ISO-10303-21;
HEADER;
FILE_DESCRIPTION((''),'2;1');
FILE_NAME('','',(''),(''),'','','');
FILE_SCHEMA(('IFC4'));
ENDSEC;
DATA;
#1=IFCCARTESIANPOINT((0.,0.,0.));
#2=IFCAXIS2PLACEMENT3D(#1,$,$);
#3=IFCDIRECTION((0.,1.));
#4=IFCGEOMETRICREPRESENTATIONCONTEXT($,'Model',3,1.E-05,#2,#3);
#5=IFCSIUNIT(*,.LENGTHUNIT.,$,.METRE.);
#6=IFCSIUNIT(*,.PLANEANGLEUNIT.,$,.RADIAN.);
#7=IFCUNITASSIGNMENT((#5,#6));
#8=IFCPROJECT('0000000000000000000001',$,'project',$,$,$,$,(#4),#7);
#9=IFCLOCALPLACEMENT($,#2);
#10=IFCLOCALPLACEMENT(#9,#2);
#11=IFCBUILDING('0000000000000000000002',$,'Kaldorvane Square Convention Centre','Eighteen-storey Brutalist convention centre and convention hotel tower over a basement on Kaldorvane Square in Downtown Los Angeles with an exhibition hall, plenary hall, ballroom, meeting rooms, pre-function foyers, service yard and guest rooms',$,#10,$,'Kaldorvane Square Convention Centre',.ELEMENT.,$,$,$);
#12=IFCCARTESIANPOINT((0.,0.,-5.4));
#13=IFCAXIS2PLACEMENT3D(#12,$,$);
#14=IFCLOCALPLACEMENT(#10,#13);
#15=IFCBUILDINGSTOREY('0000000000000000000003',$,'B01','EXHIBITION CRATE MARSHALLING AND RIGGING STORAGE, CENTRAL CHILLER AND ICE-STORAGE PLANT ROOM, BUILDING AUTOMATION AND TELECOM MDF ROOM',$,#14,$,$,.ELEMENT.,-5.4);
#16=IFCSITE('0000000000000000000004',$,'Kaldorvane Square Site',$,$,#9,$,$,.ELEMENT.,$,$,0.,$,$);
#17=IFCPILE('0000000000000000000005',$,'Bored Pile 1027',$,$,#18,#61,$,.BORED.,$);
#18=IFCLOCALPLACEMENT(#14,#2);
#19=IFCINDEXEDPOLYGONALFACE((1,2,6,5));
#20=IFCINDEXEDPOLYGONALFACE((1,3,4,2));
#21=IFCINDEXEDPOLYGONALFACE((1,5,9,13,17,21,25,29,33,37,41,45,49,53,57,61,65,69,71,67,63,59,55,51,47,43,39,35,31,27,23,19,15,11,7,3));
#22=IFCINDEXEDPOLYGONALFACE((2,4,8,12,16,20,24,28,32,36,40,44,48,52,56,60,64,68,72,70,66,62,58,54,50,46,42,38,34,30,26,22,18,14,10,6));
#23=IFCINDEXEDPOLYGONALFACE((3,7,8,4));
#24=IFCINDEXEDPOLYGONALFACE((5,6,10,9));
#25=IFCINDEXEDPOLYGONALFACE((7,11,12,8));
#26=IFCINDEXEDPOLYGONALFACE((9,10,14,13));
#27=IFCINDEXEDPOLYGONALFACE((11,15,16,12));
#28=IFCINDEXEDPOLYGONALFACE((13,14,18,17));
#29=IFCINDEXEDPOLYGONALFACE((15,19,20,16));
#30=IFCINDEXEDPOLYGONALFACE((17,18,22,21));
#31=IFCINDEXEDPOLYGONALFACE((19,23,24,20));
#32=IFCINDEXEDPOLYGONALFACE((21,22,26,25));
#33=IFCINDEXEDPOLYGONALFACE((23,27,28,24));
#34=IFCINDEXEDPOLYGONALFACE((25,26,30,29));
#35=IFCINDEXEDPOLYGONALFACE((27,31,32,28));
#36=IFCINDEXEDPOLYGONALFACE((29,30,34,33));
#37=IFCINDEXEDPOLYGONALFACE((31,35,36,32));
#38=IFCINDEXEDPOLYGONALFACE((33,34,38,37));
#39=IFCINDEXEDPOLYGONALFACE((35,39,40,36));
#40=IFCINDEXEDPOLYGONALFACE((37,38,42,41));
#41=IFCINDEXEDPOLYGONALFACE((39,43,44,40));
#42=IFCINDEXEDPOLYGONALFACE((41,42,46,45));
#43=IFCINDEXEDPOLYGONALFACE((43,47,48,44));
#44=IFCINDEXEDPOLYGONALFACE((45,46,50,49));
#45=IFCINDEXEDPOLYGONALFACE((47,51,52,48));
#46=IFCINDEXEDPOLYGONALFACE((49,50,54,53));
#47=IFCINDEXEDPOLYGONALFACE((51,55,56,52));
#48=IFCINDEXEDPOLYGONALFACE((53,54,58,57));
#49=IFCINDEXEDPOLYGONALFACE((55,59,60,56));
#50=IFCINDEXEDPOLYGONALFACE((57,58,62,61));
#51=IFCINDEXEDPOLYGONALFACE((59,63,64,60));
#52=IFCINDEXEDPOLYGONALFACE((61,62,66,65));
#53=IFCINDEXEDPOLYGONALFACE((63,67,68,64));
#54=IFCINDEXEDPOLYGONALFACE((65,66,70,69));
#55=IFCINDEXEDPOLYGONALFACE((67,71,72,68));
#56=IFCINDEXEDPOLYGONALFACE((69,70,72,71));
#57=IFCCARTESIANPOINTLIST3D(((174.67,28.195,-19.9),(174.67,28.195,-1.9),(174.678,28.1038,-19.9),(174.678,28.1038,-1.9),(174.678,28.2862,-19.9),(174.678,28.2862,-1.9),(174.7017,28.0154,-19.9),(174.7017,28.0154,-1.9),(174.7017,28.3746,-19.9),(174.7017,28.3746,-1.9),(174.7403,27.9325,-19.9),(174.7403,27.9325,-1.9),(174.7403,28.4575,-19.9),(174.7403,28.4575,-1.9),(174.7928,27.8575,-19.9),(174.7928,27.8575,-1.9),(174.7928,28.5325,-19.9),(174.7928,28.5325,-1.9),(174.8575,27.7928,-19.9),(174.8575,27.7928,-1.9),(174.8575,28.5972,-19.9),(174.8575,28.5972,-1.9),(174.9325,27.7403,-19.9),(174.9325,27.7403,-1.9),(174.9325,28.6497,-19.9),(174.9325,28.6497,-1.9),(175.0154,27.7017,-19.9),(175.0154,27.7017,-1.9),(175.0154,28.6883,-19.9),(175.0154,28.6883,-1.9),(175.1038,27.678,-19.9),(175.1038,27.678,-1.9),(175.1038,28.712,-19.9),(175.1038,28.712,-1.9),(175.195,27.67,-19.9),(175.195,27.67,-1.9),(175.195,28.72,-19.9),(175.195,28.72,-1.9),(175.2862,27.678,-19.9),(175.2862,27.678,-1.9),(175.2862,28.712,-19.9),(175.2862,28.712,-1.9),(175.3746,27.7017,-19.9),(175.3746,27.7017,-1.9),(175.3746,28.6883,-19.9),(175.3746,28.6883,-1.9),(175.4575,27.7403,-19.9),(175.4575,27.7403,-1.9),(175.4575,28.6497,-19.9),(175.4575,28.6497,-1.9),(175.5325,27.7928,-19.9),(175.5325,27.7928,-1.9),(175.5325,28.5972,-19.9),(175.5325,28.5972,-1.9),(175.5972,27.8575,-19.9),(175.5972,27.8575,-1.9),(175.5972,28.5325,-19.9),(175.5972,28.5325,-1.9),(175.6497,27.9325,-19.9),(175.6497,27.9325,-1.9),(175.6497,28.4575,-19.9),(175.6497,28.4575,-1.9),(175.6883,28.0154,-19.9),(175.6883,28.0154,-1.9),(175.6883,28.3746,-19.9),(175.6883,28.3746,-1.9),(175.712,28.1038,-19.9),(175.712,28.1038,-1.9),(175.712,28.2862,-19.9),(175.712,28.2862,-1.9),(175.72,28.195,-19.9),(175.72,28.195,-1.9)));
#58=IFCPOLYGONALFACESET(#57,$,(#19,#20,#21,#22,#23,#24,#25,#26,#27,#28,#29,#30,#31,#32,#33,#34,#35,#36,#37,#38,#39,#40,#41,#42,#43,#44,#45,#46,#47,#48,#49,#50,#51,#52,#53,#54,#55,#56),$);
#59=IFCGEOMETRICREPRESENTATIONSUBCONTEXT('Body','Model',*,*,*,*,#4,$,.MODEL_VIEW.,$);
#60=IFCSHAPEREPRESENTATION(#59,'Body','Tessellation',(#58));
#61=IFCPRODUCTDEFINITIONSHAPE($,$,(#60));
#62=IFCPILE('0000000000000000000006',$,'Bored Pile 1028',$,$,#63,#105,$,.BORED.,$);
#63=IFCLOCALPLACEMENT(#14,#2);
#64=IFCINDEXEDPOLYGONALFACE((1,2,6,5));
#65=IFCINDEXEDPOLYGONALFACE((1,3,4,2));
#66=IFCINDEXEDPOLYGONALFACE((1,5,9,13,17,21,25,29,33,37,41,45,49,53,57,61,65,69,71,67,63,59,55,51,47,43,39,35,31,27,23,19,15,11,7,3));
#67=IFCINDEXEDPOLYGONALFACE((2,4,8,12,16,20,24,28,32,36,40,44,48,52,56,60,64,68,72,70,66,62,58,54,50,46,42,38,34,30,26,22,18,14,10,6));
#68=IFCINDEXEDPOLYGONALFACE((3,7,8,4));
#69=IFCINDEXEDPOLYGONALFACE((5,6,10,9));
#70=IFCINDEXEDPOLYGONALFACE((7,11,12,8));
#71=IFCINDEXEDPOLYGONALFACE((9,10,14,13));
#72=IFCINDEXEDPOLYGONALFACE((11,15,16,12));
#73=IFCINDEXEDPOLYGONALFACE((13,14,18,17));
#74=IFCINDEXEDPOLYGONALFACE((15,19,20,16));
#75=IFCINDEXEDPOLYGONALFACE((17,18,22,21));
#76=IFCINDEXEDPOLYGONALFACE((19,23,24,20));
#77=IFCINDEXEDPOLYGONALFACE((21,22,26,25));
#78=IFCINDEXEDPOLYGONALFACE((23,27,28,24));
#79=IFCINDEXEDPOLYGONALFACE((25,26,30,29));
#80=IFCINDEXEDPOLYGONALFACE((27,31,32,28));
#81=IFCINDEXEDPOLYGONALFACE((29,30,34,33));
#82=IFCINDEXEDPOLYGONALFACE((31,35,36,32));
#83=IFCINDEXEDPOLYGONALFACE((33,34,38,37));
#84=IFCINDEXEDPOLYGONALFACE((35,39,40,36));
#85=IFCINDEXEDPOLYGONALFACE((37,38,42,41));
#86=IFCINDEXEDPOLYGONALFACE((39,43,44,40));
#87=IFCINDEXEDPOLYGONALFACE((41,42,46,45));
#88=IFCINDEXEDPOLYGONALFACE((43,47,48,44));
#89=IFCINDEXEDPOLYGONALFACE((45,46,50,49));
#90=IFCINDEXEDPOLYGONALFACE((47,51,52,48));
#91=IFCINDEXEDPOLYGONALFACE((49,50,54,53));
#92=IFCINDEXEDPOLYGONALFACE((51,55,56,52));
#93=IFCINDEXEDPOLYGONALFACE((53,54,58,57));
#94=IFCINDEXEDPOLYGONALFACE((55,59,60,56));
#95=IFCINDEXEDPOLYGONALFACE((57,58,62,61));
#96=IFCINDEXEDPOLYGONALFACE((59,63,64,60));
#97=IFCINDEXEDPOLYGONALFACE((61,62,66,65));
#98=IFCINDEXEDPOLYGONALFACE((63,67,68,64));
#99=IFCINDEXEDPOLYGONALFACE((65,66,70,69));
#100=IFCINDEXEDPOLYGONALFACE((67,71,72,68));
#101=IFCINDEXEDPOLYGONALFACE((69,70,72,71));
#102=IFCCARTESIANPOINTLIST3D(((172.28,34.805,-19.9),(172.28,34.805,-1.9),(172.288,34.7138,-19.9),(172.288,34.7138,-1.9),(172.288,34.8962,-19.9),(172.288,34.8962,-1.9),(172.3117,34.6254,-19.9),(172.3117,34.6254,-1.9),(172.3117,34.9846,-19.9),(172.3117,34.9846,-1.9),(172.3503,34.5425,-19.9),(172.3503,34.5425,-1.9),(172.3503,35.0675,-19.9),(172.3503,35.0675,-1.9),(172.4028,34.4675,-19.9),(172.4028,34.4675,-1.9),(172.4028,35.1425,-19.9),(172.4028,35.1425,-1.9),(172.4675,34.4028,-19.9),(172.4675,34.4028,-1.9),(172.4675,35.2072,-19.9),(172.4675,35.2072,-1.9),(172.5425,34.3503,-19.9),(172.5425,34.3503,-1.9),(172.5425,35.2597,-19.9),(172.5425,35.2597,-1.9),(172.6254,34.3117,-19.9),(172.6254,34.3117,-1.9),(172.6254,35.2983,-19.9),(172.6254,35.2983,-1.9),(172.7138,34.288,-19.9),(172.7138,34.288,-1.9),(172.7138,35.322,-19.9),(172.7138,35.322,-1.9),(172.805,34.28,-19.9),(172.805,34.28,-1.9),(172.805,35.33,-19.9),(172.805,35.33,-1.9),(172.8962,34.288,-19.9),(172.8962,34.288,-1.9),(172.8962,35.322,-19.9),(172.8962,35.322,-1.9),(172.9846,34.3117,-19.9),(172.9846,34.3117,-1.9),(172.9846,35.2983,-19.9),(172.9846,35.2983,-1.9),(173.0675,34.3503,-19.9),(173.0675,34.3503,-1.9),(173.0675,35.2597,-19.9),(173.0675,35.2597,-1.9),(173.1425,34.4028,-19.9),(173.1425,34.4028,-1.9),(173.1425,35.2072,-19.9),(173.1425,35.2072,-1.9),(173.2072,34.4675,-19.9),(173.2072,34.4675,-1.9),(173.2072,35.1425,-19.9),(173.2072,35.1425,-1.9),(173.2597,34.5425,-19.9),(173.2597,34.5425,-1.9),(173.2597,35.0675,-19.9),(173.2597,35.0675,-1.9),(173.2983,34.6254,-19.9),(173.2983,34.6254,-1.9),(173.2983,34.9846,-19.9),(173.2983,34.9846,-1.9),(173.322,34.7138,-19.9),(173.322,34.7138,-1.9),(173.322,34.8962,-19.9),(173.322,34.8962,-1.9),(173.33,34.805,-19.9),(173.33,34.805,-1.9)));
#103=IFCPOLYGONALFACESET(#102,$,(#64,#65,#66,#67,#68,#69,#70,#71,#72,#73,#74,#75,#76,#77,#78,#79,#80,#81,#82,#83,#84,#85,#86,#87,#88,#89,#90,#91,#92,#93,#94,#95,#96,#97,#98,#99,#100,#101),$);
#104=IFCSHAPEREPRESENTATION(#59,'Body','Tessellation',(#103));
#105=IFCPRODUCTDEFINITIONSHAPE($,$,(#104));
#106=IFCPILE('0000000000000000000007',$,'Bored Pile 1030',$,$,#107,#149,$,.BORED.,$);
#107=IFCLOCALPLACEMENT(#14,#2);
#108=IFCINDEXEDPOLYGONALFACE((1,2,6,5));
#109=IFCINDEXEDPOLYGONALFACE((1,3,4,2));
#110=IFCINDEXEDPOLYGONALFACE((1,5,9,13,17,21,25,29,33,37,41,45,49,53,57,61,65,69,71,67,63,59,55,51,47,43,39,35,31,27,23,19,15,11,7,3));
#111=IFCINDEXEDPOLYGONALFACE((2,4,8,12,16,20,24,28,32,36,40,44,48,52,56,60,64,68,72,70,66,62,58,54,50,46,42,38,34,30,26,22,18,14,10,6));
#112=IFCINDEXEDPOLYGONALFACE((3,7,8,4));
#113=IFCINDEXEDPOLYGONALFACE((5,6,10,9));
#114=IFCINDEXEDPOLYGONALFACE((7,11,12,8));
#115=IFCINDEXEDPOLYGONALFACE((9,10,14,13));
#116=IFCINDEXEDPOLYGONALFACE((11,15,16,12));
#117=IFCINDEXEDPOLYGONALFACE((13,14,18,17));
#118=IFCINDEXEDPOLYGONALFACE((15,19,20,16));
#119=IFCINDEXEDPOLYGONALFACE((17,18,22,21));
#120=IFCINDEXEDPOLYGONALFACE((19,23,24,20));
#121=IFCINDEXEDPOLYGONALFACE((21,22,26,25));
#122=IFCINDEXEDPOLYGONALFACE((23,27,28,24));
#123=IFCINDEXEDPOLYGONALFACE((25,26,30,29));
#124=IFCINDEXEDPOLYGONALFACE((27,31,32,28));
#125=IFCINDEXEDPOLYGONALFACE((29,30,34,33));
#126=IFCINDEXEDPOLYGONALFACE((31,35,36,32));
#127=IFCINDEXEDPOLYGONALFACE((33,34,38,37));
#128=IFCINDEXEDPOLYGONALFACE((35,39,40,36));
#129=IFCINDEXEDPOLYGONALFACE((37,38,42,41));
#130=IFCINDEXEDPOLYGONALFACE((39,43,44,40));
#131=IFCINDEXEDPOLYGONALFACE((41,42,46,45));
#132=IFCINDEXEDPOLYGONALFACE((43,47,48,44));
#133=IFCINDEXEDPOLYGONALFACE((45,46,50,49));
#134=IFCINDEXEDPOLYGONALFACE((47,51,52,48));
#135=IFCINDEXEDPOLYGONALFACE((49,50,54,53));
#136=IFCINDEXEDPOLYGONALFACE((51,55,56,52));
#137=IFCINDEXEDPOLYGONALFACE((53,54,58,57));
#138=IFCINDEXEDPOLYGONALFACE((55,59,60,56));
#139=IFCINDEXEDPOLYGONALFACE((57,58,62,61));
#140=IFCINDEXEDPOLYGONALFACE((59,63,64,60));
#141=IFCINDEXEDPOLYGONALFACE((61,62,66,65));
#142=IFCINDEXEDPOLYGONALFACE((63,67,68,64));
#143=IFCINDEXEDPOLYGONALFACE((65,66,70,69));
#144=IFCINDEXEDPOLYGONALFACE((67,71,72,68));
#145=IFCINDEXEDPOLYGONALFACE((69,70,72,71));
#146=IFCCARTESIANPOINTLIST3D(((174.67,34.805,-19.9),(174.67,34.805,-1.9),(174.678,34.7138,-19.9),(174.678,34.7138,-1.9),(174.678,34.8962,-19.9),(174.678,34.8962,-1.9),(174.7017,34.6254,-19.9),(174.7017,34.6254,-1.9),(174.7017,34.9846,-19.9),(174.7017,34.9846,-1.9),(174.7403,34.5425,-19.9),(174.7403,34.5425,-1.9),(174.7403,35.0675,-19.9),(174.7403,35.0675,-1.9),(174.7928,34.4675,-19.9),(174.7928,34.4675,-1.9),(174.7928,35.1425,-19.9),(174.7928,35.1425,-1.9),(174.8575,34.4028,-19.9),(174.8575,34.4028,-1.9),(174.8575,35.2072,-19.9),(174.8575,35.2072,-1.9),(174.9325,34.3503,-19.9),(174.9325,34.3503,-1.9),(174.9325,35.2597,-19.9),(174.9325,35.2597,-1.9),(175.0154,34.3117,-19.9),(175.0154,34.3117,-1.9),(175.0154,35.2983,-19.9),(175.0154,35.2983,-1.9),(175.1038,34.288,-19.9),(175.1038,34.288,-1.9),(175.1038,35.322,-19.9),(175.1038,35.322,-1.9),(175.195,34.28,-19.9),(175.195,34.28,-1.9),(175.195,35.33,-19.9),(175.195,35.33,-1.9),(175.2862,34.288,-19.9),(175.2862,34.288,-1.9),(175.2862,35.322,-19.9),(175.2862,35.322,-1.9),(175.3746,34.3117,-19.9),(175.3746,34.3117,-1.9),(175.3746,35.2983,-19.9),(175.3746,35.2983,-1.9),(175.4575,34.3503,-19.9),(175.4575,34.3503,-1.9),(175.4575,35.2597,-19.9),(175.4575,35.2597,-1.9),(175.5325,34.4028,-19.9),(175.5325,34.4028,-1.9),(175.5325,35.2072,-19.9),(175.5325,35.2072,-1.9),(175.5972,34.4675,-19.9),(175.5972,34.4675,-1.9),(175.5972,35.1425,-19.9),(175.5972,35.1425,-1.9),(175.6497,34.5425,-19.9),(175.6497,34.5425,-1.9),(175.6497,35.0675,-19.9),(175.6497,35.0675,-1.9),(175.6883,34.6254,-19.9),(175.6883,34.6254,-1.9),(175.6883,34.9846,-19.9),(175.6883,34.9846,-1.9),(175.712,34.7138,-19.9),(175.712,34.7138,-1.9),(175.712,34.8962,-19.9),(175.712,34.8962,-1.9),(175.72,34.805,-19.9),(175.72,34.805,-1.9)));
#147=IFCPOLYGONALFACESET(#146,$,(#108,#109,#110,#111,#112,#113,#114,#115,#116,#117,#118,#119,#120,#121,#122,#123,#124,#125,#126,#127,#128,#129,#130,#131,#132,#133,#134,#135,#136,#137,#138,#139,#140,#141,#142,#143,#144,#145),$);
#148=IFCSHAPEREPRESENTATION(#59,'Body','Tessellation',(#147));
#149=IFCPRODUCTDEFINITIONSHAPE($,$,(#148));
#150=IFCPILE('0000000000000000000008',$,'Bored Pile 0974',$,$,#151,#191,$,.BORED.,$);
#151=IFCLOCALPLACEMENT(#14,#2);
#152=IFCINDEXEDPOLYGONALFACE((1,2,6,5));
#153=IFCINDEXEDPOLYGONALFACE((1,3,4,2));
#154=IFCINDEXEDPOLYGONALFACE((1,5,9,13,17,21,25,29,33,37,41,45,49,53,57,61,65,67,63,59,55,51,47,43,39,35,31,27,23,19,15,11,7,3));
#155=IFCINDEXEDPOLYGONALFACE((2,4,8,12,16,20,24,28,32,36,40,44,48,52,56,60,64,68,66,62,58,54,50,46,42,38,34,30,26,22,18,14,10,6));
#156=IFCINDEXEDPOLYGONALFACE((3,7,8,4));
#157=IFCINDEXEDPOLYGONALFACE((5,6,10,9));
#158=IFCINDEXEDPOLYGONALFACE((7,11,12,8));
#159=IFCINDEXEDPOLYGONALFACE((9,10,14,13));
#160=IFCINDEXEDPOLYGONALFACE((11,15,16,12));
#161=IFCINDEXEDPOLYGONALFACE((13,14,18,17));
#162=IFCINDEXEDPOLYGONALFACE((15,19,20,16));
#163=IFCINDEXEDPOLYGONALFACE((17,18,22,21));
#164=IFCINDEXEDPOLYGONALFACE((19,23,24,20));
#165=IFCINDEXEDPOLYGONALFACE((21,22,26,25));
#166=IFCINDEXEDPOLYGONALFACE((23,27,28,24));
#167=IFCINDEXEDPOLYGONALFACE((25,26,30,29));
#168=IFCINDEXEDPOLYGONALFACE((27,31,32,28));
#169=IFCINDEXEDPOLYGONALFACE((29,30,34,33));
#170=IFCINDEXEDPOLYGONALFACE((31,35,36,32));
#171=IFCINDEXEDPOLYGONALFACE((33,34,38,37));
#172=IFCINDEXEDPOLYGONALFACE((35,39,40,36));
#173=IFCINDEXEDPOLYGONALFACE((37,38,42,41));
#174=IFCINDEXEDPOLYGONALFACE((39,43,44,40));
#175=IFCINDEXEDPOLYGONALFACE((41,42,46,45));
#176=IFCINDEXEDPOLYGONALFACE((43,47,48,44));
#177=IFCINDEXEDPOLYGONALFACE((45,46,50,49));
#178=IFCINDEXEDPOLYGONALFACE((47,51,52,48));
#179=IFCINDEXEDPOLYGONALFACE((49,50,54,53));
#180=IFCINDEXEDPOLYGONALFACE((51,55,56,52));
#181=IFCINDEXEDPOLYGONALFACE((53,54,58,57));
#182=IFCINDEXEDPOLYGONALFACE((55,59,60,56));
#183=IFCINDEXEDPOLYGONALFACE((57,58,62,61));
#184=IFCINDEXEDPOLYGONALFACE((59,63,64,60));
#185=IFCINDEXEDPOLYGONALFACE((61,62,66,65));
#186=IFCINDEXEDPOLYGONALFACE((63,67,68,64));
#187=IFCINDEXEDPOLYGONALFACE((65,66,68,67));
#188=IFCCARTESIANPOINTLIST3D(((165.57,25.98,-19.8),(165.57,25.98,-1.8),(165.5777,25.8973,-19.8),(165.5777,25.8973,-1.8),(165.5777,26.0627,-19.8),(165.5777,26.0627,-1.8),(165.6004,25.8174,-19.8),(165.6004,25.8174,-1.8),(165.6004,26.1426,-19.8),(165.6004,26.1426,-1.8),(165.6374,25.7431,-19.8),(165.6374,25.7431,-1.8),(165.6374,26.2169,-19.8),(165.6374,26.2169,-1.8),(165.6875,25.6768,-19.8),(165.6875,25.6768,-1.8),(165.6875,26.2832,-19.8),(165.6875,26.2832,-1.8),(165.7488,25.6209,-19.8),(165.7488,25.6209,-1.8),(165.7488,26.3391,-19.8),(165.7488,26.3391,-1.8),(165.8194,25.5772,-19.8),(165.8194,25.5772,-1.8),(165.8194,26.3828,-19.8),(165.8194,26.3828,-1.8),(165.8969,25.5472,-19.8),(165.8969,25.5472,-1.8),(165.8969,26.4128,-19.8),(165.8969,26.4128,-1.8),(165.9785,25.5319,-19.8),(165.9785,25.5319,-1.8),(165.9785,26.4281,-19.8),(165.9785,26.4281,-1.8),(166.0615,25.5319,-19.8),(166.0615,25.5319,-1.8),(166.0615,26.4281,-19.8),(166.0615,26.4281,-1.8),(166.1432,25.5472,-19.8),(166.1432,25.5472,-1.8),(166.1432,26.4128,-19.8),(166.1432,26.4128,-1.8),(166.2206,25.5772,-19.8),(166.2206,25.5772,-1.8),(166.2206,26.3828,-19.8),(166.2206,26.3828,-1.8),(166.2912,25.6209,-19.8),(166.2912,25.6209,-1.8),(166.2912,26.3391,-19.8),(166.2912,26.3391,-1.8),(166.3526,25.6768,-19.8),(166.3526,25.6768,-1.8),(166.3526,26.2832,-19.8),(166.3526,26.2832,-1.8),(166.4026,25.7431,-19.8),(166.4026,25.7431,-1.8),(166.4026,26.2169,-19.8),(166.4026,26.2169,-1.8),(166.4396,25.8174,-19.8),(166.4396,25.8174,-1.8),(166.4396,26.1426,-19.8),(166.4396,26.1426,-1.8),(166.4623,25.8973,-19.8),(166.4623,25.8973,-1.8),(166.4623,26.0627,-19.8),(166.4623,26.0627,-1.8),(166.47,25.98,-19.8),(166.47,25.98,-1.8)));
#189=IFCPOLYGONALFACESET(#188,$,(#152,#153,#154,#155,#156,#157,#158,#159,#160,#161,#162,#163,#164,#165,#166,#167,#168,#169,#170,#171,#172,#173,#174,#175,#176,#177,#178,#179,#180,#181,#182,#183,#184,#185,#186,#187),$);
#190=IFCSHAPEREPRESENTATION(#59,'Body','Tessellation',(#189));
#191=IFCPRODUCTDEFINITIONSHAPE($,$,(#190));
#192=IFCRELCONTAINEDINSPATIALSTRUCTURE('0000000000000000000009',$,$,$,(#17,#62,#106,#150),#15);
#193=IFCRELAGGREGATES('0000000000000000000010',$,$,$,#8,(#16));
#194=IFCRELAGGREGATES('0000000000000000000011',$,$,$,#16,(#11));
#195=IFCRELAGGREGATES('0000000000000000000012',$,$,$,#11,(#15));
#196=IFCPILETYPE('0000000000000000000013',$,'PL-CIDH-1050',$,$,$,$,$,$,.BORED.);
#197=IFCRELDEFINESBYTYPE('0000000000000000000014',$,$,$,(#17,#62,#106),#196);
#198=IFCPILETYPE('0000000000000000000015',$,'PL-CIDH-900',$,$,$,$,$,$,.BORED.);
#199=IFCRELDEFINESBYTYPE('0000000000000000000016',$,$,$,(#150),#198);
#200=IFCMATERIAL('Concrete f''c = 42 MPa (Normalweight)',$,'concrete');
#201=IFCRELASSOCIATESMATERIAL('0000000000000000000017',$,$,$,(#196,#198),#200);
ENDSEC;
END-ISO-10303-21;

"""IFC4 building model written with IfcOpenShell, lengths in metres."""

from ifc_helpers import new_model, si_unit, direction, frame, origin, origin_2d, place, context, subcontext, project, spatial, circle, extrude, material, material_profile, profile_set, type_object, element, save


model = new_model("IFC4")

# Units and contexts
model_context = context("Model", 3, precision=1e-05, world=origin(), true_north=direction((0.0, 1.0)))
body_context = subcontext(model_context, "Body", "Model", "MODEL_VIEW")
ifc_project = project(units=[si_unit("LENGTHUNIT", "METRE"), si_unit("PLANEANGLEUNIT", "RADIAN")], contexts=[model_context])

# Site, building, storey
site_placement = place(None, origin())
site = spatial("IfcSite", under=ifc_project, at=site_placement, Name="Kaldorvane Square Site", CompositionType="ELEMENT", RefElevation=0.0)
building_placement = place(site_placement, origin())
building = spatial("IfcBuilding", under=site, at=building_placement, Name="Kaldorvane Square Convention Centre", Description="Eighteen-storey Brutalist convention centre and convention hotel tower over a basement on Kaldorvane Square in Downtown Los Angeles with an exhibition hall, plenary hall, ballroom, meeting rooms, pre-function foyers, service yard and guest rooms", LongName="Kaldorvane Square Convention Centre", CompositionType="ELEMENT")
storey_placement = place(building_placement, frame((0.0, 0.0, -5.4)))
storey = spatial("IfcBuildingStorey", under=building, at=storey_placement, Name="B01", Description="EXHIBITION CRATE MARSHALLING AND RIGGING STORAGE, CENTRAL CHILLER AND ICE-STORAGE PLANT ROOM, BUILDING AUTOMATION AND TELECOM MDF ROOM", CompositionType="ELEMENT", Elevation=-5.4)

# Shared definitions
ifc_material_1 = material(Name="Concrete f'c = 42 MPa (Normalweight)", Category="concrete")

# Piles
ifc_material_profile_1 = material_profile(ifc_material_1, circle(Radius=0.525, at=origin_2d()), Name="PILE-D1050")
ifc_profile_set_1 = profile_set([ifc_material_profile_1], Name="Concrete f'c = 42 MPa (Normalweight)")
pile_type_1 = type_object("IfcPileType", Name="PL-CIDH-1050", PredefinedType="BORED", material=ifc_profile_set_1)
for number, where, z_axis, x_axis, name in (
    (1, (175.195, 28.195, -1.9), (0.0, 0.0, -1.0), (1.0, 0.0, 0.0), "Bored Pile 1027"),
    (2, (172.805, 34.805, -1.9), (0.0, 0.0, -1.0), (1.0, 0.0, 0.0), "Bored Pile 1028"),
    (3, (175.195, 34.805, -1.9), (0.0, 0.0, -1.0), (1.0, 0.0, 0.0), "Bored Pile 1030"),
):
    element("IfcPile", number, at=place(storey_placement, frame(where, z_axis=z_axis, x_axis=x_axis)), inside=storey, type_object=pile_type_1, Name=name, PredefinedType="BORED", context=body_context, shape_type="SweptSolid", body=[
        extrude(circle(Radius=0.525, at=origin_2d()), origin(), (0.0, 0.0, 1.0), 18.0),
    ])
ifc_material_profile_2 = material_profile(ifc_material_1, circle(Radius=0.45, at=origin_2d()), Name="PILE-D900")
ifc_profile_set_2 = profile_set([ifc_material_profile_2], Name="Concrete f'c = 42 MPa (Normalweight)")
pile_type_2 = type_object("IfcPileType", Name="PL-CIDH-900", PredefinedType="BORED", material=ifc_profile_set_2)
for number, where, z_axis, x_axis, name in (
    (4, (166.02, 25.98, -1.8), (0.0, 0.0, -1.0), (1.0, 0.0, 0.0), "Bored Pile 0974"),
):
    element("IfcPile", number, at=place(storey_placement, frame(where, z_axis=z_axis, x_axis=x_axis)), inside=storey, type_object=pile_type_2, Name=name, PredefinedType="BORED", context=body_context, shape_type="SweptSolid", body=[
        extrude(circle(Radius=0.45, at=origin_2d()), origin(), (0.0, 0.0, 1.0), 18.0),
    ])

save(model, "model.ifc")
